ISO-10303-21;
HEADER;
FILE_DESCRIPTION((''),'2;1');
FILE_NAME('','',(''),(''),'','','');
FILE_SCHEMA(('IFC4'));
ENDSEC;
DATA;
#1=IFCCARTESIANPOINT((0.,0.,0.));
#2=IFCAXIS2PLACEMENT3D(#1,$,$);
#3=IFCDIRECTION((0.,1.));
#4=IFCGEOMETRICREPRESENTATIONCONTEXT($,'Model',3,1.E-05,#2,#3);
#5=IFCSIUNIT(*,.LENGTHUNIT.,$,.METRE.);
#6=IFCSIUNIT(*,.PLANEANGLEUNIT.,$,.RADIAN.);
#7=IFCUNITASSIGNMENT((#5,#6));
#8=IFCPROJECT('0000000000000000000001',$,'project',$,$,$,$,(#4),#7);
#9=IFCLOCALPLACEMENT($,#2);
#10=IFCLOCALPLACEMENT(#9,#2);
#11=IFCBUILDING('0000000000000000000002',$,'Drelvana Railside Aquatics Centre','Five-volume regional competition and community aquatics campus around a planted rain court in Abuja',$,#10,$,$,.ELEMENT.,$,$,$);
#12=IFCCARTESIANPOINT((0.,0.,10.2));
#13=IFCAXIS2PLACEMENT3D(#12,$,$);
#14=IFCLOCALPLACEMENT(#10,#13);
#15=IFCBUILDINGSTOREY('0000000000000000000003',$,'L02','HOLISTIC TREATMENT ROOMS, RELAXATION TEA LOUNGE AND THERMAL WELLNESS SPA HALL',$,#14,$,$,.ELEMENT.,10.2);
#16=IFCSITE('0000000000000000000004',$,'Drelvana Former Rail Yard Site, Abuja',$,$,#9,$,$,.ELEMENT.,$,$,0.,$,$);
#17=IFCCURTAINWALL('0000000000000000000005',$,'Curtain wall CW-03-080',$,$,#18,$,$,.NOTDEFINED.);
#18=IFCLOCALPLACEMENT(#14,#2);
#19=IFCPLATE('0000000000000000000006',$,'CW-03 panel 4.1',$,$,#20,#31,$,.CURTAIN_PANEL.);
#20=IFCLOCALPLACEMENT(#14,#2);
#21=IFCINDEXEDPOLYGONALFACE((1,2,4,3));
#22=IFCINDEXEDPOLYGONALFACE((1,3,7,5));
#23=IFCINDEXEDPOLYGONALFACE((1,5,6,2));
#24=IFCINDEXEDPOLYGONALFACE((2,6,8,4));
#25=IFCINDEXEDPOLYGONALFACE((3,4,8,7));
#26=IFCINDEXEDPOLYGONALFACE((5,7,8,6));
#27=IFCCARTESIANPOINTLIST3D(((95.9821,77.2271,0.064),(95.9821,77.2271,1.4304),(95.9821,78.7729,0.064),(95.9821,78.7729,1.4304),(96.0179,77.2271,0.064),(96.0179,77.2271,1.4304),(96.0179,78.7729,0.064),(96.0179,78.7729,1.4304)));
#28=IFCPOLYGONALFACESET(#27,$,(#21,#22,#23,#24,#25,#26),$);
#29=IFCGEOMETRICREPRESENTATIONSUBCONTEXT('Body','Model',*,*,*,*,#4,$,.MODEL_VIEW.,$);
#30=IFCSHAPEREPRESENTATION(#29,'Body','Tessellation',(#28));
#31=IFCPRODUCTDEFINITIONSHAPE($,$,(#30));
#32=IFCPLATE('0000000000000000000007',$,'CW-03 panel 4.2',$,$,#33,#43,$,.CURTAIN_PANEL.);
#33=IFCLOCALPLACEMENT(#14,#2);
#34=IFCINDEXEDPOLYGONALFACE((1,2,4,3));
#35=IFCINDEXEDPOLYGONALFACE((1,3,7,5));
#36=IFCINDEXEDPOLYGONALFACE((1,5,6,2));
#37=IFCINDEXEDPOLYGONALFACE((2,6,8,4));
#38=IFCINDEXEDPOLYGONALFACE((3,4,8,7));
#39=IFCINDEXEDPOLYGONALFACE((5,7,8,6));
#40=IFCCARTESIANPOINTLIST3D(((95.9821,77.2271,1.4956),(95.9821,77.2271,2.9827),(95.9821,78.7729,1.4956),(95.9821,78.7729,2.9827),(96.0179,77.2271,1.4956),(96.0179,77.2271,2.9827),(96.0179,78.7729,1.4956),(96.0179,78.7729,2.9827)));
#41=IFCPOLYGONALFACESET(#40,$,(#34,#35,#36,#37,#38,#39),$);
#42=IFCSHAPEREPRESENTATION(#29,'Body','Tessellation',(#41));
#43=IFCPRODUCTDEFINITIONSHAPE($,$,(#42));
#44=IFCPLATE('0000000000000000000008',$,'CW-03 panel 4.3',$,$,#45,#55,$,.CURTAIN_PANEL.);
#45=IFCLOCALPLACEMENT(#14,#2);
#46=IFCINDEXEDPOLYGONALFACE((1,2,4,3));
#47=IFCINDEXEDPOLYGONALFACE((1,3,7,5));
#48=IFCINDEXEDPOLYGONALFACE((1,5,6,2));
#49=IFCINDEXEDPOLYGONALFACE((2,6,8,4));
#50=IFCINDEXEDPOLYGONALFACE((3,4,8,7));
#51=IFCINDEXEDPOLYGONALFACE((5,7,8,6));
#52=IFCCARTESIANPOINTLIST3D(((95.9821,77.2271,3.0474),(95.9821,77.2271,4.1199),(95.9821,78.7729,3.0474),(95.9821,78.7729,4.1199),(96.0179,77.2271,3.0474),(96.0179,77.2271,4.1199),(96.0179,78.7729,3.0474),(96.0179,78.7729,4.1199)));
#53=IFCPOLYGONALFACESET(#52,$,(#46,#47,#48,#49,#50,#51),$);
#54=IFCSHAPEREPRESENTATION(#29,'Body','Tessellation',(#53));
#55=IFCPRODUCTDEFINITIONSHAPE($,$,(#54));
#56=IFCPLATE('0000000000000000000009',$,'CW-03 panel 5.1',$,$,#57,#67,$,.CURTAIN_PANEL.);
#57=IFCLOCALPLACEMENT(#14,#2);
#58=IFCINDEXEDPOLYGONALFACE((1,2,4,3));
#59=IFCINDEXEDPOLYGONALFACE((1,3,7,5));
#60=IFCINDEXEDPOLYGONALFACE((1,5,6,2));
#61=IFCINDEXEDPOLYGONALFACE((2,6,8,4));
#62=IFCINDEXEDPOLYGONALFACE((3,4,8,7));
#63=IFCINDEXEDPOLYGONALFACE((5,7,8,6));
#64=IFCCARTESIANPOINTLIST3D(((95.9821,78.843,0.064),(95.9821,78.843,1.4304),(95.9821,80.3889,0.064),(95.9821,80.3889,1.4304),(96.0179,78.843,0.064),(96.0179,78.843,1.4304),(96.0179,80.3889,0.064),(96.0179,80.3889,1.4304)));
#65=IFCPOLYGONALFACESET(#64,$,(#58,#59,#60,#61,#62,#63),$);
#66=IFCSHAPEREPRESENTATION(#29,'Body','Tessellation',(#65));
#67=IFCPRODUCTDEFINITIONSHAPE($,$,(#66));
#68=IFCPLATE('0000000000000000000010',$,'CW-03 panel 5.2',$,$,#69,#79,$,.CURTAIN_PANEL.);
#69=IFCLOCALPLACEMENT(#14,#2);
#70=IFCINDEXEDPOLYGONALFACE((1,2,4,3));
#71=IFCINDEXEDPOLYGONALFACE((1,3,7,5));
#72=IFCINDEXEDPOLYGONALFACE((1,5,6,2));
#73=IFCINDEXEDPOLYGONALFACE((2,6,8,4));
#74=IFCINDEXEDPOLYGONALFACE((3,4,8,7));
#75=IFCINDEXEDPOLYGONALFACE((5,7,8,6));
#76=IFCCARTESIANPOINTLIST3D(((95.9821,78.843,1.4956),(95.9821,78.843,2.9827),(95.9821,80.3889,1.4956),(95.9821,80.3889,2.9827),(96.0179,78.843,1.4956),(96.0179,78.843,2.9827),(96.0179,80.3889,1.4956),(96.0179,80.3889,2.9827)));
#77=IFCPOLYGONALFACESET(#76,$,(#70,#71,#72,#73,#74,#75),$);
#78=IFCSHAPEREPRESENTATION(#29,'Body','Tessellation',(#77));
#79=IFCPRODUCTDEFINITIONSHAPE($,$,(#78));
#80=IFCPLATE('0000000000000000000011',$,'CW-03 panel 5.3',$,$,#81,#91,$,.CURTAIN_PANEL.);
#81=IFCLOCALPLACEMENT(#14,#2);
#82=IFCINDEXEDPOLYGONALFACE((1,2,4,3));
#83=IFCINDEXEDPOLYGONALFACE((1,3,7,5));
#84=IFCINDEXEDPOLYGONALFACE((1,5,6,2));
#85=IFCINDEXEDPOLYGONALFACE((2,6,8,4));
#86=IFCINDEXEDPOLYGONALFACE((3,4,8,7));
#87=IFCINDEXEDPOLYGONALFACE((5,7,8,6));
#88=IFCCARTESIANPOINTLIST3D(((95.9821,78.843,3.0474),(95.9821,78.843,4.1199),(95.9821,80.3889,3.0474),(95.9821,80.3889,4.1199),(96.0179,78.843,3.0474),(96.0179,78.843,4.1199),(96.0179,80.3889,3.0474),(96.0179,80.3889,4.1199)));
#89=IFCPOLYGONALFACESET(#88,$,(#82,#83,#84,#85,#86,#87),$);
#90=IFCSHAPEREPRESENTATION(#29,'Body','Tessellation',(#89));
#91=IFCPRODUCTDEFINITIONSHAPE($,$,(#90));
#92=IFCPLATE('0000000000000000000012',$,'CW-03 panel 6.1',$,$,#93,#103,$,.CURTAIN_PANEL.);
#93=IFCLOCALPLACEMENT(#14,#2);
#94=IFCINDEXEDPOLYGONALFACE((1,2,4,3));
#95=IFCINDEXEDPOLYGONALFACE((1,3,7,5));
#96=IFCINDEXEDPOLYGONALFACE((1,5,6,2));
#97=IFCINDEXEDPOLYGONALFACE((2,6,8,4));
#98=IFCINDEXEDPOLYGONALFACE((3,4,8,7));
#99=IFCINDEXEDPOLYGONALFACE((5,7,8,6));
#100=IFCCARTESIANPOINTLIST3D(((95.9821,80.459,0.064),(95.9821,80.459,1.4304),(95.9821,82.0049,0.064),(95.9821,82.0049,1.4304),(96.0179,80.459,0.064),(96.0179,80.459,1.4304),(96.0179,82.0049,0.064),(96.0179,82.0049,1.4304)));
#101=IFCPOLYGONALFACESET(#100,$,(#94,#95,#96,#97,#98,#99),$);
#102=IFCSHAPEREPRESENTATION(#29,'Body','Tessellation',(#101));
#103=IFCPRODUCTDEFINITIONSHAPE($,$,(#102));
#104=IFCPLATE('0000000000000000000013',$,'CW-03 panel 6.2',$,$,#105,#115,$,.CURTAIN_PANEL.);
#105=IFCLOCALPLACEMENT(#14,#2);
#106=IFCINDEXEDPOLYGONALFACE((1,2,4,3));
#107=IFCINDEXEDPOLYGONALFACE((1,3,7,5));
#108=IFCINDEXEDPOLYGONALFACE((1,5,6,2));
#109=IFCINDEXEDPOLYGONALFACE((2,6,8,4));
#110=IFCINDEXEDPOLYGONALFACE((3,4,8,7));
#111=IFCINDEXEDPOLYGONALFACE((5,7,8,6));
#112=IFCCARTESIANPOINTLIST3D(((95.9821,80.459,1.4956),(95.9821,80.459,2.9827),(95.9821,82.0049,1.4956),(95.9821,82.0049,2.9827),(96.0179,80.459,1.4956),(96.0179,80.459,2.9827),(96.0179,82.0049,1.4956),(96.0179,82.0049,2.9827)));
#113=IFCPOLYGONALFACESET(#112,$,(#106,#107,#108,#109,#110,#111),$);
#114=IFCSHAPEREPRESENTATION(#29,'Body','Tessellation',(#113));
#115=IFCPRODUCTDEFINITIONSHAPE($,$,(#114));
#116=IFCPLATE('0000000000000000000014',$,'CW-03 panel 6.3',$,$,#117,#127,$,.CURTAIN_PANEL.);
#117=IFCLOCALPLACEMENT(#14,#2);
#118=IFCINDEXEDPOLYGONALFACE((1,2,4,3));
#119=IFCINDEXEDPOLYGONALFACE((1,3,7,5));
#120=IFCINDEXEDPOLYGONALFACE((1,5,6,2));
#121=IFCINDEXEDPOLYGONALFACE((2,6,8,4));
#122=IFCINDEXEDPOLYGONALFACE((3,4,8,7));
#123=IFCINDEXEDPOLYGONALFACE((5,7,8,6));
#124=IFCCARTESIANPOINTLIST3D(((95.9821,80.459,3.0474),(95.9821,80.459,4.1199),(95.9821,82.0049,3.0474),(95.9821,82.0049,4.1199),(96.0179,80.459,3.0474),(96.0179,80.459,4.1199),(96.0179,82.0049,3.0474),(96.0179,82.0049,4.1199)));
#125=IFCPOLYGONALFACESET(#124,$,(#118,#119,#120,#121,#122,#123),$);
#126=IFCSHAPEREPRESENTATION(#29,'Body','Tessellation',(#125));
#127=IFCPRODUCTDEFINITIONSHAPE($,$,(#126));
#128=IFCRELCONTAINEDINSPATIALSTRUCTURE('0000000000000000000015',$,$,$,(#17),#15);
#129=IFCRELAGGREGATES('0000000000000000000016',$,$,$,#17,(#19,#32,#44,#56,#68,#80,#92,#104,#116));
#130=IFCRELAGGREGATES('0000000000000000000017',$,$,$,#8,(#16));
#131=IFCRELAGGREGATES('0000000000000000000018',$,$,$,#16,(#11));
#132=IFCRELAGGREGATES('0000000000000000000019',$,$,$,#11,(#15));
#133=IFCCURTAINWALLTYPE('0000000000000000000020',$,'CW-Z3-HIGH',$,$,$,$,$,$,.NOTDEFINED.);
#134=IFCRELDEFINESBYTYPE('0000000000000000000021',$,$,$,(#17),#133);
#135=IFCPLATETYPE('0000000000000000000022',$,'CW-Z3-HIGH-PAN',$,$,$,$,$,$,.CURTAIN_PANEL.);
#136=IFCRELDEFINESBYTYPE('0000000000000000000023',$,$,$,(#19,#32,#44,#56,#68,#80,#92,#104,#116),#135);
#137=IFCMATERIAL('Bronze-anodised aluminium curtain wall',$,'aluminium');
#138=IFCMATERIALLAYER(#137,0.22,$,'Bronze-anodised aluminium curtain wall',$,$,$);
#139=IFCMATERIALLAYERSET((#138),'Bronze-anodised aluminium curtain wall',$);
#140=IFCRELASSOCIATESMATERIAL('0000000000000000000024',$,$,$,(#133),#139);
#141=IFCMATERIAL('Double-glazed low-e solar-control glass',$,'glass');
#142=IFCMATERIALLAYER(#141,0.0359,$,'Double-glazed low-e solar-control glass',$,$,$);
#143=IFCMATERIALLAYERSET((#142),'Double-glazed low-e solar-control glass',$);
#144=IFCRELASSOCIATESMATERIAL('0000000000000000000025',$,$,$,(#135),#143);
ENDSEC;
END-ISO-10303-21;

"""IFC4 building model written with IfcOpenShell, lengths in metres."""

from ifc_helpers import new_model, si_unit, direction, frame, origin, origin_2d, place, context, subcontext, project, spatial, rectangle, extrude, material, layer, layer_set, type_object, element, aggregate, save


model = new_model("IFC4")

# Units and contexts
model_context = context("Model", 3, precision=1e-05, world=origin(), true_north=direction((0.0, 1.0)))
body_context = subcontext(model_context, "Body", "Model", "MODEL_VIEW")
ifc_project = project(units=[si_unit("LENGTHUNIT", "METRE"), si_unit("PLANEANGLEUNIT", "RADIAN")], contexts=[model_context])

# Site, building, storey
site_placement = place(None, origin())
site = spatial("IfcSite", under=ifc_project, at=site_placement, Name="Drelvana Former Rail Yard Site, Abuja", CompositionType="ELEMENT", RefElevation=0.0)
building_placement = place(site_placement, origin())
building = spatial("IfcBuilding", under=site, at=building_placement, Name="Drelvana Railside Aquatics Centre", Description="Five-volume regional competition and community aquatics campus around a planted rain court in Abuja", CompositionType="ELEMENT")
storey_placement = place(building_placement, frame((0.0, 0.0, 10.2)))
storey = spatial("IfcBuildingStorey", under=building, at=storey_placement, Name="L02", Description="HOLISTIC TREATMENT ROOMS, RELAXATION TEA LOUNGE AND THERMAL WELLNESS SPA HALL", CompositionType="ELEMENT", Elevation=10.2)

# Curtain wall, plates
ifc_material_1 = material(Name="Bronze-anodised aluminium curtain wall", Category="aluminium")
ifc_layer_1 = layer(ifc_material_1, 0.22, Name="Bronze-anodised aluminium curtain wall")
ifc_layer_set_1 = layer_set([ifc_layer_1], Name="Bronze-anodised aluminium curtain wall")
curtain_wall_type = type_object("IfcCurtainWallType", Name="CW-Z3-HIGH", PredefinedType="NOTDEFINED", material=ifc_layer_set_1)
curtain_wall_placement = place(storey_placement, origin())
curtain_wall = element("IfcCurtainWall", 1, at=curtain_wall_placement, inside=storey, type_object=curtain_wall_type, Name="Curtain wall CW-03-080", PredefinedType="NOTDEFINED")
ifc_material_2 = material(Name="Double-glazed low-e solar-control glass", Category="glass")
ifc_layer_2 = layer(ifc_material_2, 0.0359, Name="Double-glazed low-e solar-control glass")
ifc_layer_set_2 = layer_set([ifc_layer_2], Name="Double-glazed low-e solar-control glass")
plate_type = type_object("IfcPlateType", Name="CW-Z3-HIGH-PAN", PredefinedType="CURTAIN_PANEL", material=ifc_layer_set_2)
plate_1_placement = place(storey_placement, frame((96.0, 78.0, 0.064), z_axis=(0.0, 0.0, 1.0), x_axis=(0.0, 1.0, 0.0)))
plate_1 = element("IfcPlate", 2, at=plate_1_placement, type_object=plate_type, Name="CW-03 panel 4.1", PredefinedType="CURTAIN_PANEL", context=body_context, shape_type="SweptSolid", body=[
    extrude(rectangle(XDim=1.5459, YDim=0.0359, at=origin_2d()), origin(), (0.0, 0.0, 1.0), 1.3665),
])
plate_2_placement = place(storey_placement, frame((96.0, 78.0, 1.4956), z_axis=(0.0, 0.0, 1.0), x_axis=(0.0, 1.0, 0.0)))
plate_2 = element("IfcPlate", 3, at=plate_2_placement, type_object=plate_type, Name="CW-03 panel 4.2", PredefinedType="CURTAIN_PANEL", context=body_context, shape_type="SweptSolid", body=[
    extrude(rectangle(XDim=1.5459, YDim=0.0359, at=origin_2d()), origin(), (0.0, 0.0, 1.0), 1.4871),
])
plate_3_placement = place(storey_placement, frame((96.0, 78.0, 3.0474), z_axis=(0.0, 0.0, 1.0), x_axis=(0.0, 1.0, 0.0)))
plate_3 = element("IfcPlate", 4, at=plate_3_placement, type_object=plate_type, Name="CW-03 panel 4.3", PredefinedType="CURTAIN_PANEL", context=body_context, shape_type="SweptSolid", body=[
    extrude(rectangle(XDim=1.5459, YDim=0.0359, at=origin_2d()), origin(), (0.0, 0.0, 1.0), 1.0725),
])
plate_4_placement = place(storey_placement, frame((96.0, 79.616, 0.064), z_axis=(0.0, 0.0, 1.0), x_axis=(0.0, 1.0, 0.0)))
plate_4 = element("IfcPlate", 5, at=plate_4_placement, type_object=plate_type, Name="CW-03 panel 5.1", PredefinedType="CURTAIN_PANEL", context=body_context, shape_type="SweptSolid", body=[
    extrude(rectangle(XDim=1.5459, YDim=0.0359, at=origin_2d()), origin(), (0.0, 0.0, 1.0), 1.3665),
])
plate_5_placement = place(storey_placement, frame((96.0, 79.616, 1.4956), z_axis=(0.0, 0.0, 1.0), x_axis=(0.0, 1.0, 0.0)))
plate_5 = element("IfcPlate", 6, at=plate_5_placement, type_object=plate_type, Name="CW-03 panel 5.2", PredefinedType="CURTAIN_PANEL", context=body_context, shape_type="SweptSolid", body=[
    extrude(rectangle(XDim=1.5459, YDim=0.0359, at=origin_2d()), origin(), (0.0, 0.0, 1.0), 1.4871),
])
plate_6_placement = place(storey_placement, frame((96.0, 79.616, 3.0474), z_axis=(0.0, 0.0, 1.0), x_axis=(0.0, 1.0, 0.0)))
plate_6 = element("IfcPlate", 7, at=plate_6_placement, type_object=plate_type, Name="CW-03 panel 5.3", PredefinedType="CURTAIN_PANEL", context=body_context, shape_type="SweptSolid", body=[
    extrude(rectangle(XDim=1.5459, YDim=0.0359, at=origin_2d()), origin(), (0.0, 0.0, 1.0), 1.0725),
])
plate_7_placement = place(storey_placement, frame((96.0, 81.2319, 0.064), z_axis=(0.0, 0.0, 1.0), x_axis=(0.0, 1.0, 0.0)))
plate_7 = element("IfcPlate", 8, at=plate_7_placement, type_object=plate_type, Name="CW-03 panel 6.1", PredefinedType="CURTAIN_PANEL", context=body_context, shape_type="SweptSolid", body=[
    extrude(rectangle(XDim=1.5459, YDim=0.0359, at=origin_2d()), origin(), (0.0, 0.0, 1.0), 1.3665),
])
plate_8_placement = place(storey_placement, frame((96.0, 81.2319, 1.4956), z_axis=(0.0, 0.0, 1.0), x_axis=(0.0, 1.0, 0.0)))
plate_8 = element("IfcPlate", 9, at=plate_8_placement, type_object=plate_type, Name="CW-03 panel 6.2", PredefinedType="CURTAIN_PANEL", context=body_context, shape_type="SweptSolid", body=[
    extrude(rectangle(XDim=1.5459, YDim=0.0359, at=origin_2d()), origin(), (0.0, 0.0, 1.0), 1.4871),
])
plate_9_placement = place(storey_placement, frame((96.0, 81.2319, 3.0474), z_axis=(0.0, 0.0, 1.0), x_axis=(0.0, 1.0, 0.0)))
plate_9 = element("IfcPlate", 10, at=plate_9_placement, type_object=plate_type, Name="CW-03 panel 6.3", PredefinedType="CURTAIN_PANEL", context=body_context, shape_type="SweptSolid", body=[
    extrude(rectangle(XDim=1.5459, YDim=0.0359, at=origin_2d()), origin(), (0.0, 0.0, 1.0), 1.0725),
])
aggregate(curtain_wall, [plate_1, plate_2, plate_3, plate_4, plate_5, plate_6, plate_7, plate_8, plate_9])

save(model, "model.ifc")
